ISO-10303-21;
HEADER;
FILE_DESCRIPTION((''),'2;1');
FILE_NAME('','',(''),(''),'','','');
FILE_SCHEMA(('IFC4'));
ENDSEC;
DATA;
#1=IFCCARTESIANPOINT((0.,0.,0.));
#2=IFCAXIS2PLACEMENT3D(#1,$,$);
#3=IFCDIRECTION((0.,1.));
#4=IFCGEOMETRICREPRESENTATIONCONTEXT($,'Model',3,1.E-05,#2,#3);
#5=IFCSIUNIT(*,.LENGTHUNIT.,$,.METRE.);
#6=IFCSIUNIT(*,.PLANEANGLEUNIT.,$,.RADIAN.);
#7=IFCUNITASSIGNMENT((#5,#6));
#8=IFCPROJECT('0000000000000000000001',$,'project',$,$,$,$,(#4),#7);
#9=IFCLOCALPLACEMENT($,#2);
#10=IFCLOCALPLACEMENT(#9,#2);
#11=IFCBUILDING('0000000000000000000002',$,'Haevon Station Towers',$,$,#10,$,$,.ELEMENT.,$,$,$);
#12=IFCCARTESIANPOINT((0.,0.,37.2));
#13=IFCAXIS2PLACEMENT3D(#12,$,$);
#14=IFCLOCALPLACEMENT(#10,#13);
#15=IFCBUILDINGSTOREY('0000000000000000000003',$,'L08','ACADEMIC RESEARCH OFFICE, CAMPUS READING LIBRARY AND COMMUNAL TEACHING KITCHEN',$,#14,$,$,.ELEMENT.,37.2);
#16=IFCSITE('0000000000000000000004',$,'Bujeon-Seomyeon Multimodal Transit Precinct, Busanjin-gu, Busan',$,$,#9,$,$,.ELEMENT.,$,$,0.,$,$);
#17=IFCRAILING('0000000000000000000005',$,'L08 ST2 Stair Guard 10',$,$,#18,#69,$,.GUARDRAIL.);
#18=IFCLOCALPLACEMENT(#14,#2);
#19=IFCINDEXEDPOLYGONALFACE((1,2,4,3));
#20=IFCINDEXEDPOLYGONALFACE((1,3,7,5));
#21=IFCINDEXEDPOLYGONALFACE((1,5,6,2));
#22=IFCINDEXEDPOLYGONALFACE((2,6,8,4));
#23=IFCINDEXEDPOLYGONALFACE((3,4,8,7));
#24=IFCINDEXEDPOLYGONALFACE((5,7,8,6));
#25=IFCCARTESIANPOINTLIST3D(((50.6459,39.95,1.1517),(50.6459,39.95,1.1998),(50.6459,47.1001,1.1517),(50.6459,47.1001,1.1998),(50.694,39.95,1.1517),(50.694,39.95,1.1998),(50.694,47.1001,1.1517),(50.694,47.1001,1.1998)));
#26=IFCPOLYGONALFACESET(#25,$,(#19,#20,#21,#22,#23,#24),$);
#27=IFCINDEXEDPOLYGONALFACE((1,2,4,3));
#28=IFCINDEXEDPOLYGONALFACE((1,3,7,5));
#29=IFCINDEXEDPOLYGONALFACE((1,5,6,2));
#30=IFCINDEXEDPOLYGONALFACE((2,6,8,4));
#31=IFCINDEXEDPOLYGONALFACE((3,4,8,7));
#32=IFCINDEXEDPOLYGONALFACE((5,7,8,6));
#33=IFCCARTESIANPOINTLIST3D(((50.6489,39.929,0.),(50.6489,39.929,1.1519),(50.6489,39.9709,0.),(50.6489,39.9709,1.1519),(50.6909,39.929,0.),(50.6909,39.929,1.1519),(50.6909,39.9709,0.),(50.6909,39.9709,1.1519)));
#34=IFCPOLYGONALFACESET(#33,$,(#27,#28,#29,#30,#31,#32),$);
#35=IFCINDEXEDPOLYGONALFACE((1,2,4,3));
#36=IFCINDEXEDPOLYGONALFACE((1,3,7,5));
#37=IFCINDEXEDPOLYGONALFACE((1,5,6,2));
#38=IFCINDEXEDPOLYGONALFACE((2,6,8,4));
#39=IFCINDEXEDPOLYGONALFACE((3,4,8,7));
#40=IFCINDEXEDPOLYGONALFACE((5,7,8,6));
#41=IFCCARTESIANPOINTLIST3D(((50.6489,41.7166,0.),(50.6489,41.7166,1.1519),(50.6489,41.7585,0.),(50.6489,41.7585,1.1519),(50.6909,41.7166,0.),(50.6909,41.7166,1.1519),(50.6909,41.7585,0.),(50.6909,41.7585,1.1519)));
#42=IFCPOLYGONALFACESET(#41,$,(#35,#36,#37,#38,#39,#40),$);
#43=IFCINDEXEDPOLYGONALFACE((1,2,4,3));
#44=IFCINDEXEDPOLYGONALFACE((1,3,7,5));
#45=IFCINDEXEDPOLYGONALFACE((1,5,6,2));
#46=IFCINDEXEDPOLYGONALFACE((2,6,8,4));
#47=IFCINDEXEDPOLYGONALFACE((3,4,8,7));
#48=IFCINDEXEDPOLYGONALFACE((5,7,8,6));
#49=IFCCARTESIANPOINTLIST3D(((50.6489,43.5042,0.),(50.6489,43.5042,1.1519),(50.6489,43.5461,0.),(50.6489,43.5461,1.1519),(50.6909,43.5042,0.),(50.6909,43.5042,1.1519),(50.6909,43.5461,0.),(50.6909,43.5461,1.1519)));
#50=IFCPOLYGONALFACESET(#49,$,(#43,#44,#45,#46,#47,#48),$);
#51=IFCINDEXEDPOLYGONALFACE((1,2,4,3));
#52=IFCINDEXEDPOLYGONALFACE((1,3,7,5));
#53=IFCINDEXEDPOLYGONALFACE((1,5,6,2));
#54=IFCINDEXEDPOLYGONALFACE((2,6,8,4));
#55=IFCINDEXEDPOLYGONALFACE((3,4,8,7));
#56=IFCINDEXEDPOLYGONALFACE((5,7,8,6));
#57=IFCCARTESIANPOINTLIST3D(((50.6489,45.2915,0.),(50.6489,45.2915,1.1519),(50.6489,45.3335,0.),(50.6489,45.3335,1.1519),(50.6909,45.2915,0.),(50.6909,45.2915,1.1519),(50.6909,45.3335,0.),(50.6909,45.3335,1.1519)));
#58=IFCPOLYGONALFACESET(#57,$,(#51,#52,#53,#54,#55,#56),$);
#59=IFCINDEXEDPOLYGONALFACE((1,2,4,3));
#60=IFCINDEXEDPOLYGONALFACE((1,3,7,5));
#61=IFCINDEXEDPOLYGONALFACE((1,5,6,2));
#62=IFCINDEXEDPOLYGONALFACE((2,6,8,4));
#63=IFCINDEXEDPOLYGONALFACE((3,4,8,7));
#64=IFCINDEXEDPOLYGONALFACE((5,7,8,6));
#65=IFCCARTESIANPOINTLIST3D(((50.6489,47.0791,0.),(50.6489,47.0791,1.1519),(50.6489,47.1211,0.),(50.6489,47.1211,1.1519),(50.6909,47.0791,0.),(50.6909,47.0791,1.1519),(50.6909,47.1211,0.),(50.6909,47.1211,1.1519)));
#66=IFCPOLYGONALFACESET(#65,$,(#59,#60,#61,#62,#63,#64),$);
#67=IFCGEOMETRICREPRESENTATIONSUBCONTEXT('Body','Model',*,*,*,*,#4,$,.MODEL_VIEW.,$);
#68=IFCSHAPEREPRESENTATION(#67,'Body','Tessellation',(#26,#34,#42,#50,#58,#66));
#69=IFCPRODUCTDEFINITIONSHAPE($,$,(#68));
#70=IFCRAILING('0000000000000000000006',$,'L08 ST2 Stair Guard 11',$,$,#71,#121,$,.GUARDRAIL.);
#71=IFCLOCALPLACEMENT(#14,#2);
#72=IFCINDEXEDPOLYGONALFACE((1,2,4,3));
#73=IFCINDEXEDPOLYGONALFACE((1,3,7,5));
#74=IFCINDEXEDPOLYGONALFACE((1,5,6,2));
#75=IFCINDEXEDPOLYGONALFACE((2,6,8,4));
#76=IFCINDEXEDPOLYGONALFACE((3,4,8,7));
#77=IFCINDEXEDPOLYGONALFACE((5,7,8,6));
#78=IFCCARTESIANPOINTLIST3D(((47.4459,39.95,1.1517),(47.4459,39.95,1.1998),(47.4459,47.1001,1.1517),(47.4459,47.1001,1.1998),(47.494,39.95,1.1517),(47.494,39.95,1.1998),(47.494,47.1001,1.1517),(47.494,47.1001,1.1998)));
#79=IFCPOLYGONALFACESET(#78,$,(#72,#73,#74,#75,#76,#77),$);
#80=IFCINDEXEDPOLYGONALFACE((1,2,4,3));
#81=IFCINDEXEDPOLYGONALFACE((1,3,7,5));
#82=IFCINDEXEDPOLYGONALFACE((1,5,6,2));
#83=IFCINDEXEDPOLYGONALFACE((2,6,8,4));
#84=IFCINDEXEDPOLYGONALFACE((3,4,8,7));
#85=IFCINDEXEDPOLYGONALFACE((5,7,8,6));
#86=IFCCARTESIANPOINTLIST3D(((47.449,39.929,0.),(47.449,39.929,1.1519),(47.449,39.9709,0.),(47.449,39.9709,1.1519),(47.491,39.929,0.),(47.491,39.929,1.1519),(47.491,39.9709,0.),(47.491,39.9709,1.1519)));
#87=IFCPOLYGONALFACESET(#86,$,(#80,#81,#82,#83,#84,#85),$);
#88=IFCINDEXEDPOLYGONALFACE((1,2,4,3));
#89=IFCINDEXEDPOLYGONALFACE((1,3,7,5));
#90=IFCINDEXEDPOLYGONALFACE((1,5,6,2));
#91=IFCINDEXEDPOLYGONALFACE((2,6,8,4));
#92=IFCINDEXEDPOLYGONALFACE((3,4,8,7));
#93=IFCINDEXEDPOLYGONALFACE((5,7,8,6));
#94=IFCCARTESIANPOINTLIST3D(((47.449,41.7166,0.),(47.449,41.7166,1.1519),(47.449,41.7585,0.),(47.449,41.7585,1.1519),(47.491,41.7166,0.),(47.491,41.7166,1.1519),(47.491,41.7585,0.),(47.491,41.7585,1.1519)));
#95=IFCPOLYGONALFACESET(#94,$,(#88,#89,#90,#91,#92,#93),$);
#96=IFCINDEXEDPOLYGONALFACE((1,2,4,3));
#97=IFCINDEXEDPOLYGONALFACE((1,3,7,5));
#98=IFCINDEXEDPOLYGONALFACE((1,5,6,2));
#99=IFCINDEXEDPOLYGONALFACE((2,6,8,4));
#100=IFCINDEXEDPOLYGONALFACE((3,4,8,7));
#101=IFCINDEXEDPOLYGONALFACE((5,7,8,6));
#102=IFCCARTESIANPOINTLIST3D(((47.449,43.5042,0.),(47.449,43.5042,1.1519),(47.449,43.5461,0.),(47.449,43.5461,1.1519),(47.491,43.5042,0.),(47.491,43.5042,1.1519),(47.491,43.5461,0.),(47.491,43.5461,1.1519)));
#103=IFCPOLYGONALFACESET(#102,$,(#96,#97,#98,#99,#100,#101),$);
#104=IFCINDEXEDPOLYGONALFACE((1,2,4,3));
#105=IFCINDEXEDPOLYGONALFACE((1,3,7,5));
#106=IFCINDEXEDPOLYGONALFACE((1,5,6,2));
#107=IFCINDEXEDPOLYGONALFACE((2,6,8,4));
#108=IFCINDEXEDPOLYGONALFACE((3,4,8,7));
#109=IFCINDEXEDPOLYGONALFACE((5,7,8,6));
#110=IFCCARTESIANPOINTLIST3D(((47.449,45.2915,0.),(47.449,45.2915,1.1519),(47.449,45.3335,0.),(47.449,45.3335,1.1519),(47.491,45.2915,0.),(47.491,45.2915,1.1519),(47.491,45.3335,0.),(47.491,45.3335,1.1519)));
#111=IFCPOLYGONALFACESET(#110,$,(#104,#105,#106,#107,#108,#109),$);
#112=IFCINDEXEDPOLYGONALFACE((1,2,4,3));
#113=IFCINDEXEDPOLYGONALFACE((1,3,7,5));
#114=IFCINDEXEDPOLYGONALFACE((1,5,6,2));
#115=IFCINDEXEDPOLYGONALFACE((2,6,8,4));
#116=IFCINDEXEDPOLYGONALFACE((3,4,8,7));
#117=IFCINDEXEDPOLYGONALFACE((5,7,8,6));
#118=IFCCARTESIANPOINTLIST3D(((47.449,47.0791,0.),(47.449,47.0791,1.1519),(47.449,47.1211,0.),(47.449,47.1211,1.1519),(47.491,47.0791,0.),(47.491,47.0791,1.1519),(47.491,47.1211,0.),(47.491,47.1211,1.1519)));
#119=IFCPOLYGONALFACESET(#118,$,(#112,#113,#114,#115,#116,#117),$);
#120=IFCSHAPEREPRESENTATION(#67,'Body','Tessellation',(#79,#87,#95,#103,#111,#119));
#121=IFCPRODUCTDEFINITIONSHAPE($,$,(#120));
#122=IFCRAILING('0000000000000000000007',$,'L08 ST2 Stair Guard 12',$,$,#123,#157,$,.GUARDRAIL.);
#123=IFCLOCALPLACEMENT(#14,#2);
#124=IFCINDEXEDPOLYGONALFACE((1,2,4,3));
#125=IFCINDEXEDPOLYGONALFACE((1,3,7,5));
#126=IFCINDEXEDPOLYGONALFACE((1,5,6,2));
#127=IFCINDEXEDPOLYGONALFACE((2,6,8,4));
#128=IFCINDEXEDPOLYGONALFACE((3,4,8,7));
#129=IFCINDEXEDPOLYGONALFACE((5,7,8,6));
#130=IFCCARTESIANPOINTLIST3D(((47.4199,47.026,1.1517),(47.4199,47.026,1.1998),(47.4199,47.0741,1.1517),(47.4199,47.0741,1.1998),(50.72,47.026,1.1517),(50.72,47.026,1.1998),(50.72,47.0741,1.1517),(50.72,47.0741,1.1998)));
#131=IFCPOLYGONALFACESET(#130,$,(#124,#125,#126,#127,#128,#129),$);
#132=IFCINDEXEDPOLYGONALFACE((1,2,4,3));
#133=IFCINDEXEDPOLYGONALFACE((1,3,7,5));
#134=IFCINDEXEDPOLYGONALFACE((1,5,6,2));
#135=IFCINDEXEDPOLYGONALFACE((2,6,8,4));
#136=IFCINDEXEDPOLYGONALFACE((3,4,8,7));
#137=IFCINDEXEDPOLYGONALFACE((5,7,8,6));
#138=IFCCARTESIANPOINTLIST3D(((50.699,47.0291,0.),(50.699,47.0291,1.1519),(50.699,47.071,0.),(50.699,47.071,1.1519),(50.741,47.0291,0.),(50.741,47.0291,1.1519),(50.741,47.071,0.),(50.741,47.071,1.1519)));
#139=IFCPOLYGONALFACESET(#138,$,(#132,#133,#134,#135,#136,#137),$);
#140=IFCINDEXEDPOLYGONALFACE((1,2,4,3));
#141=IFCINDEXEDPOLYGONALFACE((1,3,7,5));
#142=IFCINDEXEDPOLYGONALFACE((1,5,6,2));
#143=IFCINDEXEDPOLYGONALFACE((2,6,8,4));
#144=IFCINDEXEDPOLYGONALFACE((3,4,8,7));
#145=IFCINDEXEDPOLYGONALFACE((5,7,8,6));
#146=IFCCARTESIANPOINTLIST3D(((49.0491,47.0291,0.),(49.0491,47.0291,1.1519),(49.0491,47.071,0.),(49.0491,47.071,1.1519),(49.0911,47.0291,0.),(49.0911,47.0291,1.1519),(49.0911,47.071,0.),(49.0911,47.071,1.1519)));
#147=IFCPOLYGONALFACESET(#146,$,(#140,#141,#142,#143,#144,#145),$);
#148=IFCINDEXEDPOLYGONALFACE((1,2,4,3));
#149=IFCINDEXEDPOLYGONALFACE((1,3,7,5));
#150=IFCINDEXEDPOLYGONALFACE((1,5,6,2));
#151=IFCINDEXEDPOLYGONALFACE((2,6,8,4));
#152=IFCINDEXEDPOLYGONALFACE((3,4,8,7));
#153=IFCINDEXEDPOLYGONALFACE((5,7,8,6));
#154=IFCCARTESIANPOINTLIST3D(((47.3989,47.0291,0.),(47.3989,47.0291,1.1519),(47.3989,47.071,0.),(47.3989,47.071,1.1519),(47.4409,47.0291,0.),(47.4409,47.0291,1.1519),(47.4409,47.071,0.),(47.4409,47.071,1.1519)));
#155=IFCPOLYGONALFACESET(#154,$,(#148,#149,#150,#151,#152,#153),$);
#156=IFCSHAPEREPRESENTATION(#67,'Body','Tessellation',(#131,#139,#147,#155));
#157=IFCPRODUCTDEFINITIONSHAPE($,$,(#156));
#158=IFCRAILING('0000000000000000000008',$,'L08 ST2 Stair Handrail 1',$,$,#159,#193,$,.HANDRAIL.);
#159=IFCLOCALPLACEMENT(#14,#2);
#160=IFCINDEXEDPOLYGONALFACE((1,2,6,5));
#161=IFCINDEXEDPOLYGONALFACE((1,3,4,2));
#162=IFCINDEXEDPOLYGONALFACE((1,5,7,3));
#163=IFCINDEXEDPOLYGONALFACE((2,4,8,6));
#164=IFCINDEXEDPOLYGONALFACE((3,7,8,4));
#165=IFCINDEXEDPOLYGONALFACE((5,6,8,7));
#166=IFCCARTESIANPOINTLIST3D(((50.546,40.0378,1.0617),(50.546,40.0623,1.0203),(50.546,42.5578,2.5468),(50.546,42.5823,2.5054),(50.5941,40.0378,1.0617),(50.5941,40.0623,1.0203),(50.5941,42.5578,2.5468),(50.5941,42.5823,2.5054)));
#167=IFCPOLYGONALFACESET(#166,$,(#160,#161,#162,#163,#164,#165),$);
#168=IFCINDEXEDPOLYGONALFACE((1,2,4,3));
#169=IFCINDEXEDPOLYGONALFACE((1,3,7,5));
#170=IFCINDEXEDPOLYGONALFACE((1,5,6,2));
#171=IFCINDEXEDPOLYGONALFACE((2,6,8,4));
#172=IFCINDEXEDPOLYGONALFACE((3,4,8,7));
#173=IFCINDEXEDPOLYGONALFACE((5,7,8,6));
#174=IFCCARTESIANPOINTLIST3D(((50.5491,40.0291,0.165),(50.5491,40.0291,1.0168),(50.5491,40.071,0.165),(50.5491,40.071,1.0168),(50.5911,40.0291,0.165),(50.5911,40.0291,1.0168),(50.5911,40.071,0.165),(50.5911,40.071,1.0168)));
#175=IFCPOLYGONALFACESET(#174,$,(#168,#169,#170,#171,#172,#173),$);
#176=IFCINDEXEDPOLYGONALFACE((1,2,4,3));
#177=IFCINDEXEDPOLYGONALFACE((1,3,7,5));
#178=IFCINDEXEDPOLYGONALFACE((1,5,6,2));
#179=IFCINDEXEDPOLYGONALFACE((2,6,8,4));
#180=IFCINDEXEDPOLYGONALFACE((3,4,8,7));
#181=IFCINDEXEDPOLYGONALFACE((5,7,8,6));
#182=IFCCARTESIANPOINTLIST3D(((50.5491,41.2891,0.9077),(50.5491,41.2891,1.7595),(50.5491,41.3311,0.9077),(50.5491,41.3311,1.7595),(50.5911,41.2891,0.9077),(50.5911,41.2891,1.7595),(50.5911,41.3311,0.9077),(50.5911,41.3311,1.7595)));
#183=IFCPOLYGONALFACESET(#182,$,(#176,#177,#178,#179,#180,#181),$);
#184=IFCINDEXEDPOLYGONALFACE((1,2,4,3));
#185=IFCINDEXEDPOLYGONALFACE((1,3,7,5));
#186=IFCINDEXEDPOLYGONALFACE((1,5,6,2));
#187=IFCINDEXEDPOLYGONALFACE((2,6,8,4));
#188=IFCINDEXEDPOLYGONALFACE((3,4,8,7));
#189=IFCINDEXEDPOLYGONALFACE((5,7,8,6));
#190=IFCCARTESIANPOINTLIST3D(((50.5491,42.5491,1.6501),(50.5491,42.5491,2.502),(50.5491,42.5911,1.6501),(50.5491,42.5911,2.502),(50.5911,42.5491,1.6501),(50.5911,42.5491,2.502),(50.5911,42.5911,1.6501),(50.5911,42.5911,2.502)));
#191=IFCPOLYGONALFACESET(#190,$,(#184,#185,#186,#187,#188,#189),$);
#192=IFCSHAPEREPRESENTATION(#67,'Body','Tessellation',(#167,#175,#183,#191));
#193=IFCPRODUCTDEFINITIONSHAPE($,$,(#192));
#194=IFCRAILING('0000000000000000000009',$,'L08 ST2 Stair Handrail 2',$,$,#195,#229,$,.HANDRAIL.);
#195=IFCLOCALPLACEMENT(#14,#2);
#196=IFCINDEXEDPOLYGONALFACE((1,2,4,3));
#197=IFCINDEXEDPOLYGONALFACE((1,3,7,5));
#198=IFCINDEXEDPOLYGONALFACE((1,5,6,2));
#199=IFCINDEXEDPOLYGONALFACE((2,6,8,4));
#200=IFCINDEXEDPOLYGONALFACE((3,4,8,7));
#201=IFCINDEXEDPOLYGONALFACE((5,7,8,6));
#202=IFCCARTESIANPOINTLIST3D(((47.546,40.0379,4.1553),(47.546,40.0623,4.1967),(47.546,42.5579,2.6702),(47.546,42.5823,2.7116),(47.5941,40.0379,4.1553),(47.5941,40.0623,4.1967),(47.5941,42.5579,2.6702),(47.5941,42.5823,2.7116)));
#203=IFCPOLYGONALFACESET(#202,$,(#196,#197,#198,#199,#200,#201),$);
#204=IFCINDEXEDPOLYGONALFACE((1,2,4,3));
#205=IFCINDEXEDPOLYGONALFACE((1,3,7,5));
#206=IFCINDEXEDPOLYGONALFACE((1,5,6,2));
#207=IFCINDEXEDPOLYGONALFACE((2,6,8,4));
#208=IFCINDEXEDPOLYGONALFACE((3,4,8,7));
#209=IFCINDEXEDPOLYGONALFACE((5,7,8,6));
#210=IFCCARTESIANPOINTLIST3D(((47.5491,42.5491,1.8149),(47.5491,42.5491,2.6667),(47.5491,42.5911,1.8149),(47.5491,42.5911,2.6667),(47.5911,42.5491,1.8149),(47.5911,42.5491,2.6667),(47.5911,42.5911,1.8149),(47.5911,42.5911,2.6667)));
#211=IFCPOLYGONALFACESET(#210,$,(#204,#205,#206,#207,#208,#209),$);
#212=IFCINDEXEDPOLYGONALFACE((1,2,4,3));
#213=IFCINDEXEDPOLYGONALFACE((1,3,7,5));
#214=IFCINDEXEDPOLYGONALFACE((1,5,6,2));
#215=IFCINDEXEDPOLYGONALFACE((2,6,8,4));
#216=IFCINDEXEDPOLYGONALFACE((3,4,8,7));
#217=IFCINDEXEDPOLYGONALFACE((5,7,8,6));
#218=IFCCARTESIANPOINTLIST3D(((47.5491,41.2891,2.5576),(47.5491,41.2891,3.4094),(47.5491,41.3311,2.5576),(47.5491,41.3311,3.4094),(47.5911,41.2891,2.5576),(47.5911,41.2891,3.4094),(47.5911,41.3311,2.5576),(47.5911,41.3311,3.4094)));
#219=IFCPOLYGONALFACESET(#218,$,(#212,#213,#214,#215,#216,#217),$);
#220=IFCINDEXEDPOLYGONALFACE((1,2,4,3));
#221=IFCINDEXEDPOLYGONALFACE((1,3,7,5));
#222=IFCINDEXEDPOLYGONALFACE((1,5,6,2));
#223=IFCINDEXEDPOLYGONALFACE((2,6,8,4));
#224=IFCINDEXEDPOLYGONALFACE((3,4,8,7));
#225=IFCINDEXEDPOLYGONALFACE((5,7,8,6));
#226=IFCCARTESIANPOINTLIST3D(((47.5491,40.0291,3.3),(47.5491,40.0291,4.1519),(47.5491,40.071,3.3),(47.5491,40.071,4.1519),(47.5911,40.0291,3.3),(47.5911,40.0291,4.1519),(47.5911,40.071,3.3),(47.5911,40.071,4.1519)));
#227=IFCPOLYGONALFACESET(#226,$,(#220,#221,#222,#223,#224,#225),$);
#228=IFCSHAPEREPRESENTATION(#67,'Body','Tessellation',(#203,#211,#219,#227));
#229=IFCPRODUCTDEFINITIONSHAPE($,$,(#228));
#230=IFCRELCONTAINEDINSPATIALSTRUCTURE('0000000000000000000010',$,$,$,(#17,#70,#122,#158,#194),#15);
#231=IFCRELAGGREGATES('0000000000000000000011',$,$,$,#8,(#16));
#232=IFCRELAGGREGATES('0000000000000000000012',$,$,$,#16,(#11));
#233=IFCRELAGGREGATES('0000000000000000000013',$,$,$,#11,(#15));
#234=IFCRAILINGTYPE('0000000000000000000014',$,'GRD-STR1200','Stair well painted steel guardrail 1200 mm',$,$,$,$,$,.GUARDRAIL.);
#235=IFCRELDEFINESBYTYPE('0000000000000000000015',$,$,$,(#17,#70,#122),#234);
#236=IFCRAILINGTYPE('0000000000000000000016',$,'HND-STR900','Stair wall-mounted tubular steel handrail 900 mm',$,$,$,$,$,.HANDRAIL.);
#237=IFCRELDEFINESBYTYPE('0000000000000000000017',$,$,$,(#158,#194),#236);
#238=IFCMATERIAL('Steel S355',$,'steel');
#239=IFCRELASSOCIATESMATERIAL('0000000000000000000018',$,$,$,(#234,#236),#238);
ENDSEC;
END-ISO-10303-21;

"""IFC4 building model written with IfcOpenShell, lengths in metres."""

from ifc_helpers import new_model, si_unit, direction, frame, origin, origin_2d, place, context, subcontext, project, spatial, rectangle, extrude, material, type_object, element, save


model = new_model("IFC4")

# Units and contexts
model_context = context("Model", 3, precision=1e-05, world=origin(), true_north=direction((0.0, 1.0)))
body_context = subcontext(model_context, "Body", "Model", "MODEL_VIEW")
ifc_project = project(units=[si_unit("LENGTHUNIT", "METRE"), si_unit("PLANEANGLEUNIT", "RADIAN")], contexts=[model_context])

# Site, building, storey
site_placement = place(None, origin())
site = spatial("IfcSite", under=ifc_project, at=site_placement, Name="Bujeon-Seomyeon Multimodal Transit Precinct, Busanjin-gu, Busan", CompositionType="ELEMENT", RefElevation=0.0)
building_placement = place(site_placement, origin())
building = spatial("IfcBuilding", under=site, at=building_placement, Name="Haevon Station Towers", CompositionType="ELEMENT")
storey_placement = place(building_placement, frame((0.0, 0.0, 37.2)))
storey = spatial("IfcBuildingStorey", under=building, at=storey_placement, Name="L08", Description="ACADEMIC RESEARCH OFFICE, CAMPUS READING LIBRARY AND COMMUNAL TEACHING KITCHEN", CompositionType="ELEMENT", Elevation=37.2)

# Shared definitions
ifc_material_1 = material(Name="Steel S355", Category="steel")

# Railings
railing_type_1 = type_object("IfcRailingType", Name="GRD-STR1200", Description="Stair well painted steel guardrail 1200 mm", PredefinedType="GUARDRAIL", material=ifc_material_1)
for number, where, name in (
    (1, (50.6699, 39.95, 0.0), "L08 ST2 Stair Guard 10"),
    (2, (47.47, 39.95, 0.0), "L08 ST2 Stair Guard 11"),
):
    element("IfcRailing", number, at=place(storey_placement, frame(where)), inside=storey, type_object=railing_type_1, Name=name, PredefinedType="GUARDRAIL", context=body_context, shape_type="SweptSolid", body=[
        extrude(rectangle(XDim=0.0481, YDim=0.0481, at=origin_2d()), frame((0.0, 0.0, 1.1758), z_axis=(0.0, 1.0, 0.0), x_axis=(-1.0, 0.0, 0.0)), (0.0, 0.0, 1.0), 7.1501),
        extrude(rectangle(XDim=0.042, YDim=0.042, at=origin_2d()), origin(), (0.0, 0.0, 1.0), 1.1519),
        extrude(rectangle(XDim=0.042, YDim=0.042, at=origin_2d()), frame((0.0, 1.7876, 0.0)), (0.0, 0.0, 1.0), 1.1519),
        extrude(rectangle(XDim=0.042, YDim=0.042, at=origin_2d()), frame((0.0, 3.5752, 0.0)), (0.0, 0.0, 1.0), 1.1519),
        extrude(rectangle(XDim=0.042, YDim=0.042, at=origin_2d()), frame((0.0, 5.3625, 0.0)), (0.0, 0.0, 1.0), 1.1519),
        extrude(rectangle(XDim=0.042, YDim=0.042, at=origin_2d()), frame((0.0, 7.1501, 0.0)), (0.0, 0.0, 1.0), 1.1519),
    ])
railing_1_placement = place(storey_placement, frame((50.72, 47.05, 0.0)))
element("IfcRailing", 3, at=railing_1_placement, inside=storey, type_object=railing_type_1, Name="L08 ST2 Stair Guard 12", PredefinedType="GUARDRAIL", context=body_context, shape_type="SweptSolid", body=[
    extrude(rectangle(XDim=0.0481, YDim=0.0481, at=origin_2d()), frame((0.0, 0.0, 1.1758), z_axis=(-1.0, 0.0, 0.0), x_axis=(0.0, -1.0, 0.0)), (0.0, 0.0, 1.0), 3.3),
    extrude(rectangle(XDim=0.042, YDim=0.042, at=origin_2d()), origin(), (0.0, 0.0, 1.0), 1.1519),
    extrude(rectangle(XDim=0.042, YDim=0.042, at=origin_2d()), frame((-1.6499, 0.0, 0.0)), (0.0, 0.0, 1.0), 1.1519),
    extrude(rectangle(XDim=0.042, YDim=0.042, at=origin_2d()), frame((-3.3, 0.0, 0.0)), (0.0, 0.0, 1.0), 1.1519),
])
railing_type_2 = type_object("IfcRailingType", Name="HND-STR900", Description="Stair wall-mounted tubular steel handrail 900 mm", PredefinedType="HANDRAIL", material=ifc_material_1)
railing_2_placement = place(storey_placement, frame((50.5701, 40.05, 0.165)))
element("IfcRailing", 4, at=railing_2_placement, inside=storey, type_object=railing_type_2, Name="L08 ST2 Stair Handrail 1", PredefinedType="HANDRAIL", context=body_context, shape_type="SweptSolid", body=[
    extrude(rectangle(XDim=0.0481, YDim=0.0481, at=origin_2d()), frame((0.0, 0.0, 0.876), z_axis=(0.0, 0.861524, 0.507717), x_axis=(-1.0, 0.0, 0.0)), (0.0, 0.0, 1.0), 2.925),
    extrude(rectangle(XDim=0.042, YDim=0.042, at=origin_2d()), origin(), (0.0, 0.0, 1.0), 0.8518),
    extrude(rectangle(XDim=0.042, YDim=0.042, at=origin_2d()), frame((0.0, 1.26, 0.7427)), (0.0, 0.0, 1.0), 0.8518),
    extrude(rectangle(XDim=0.042, YDim=0.042, at=origin_2d()), frame((0.0, 2.52, 1.4851)), (0.0, 0.0, 1.0), 0.8518),
])
railing_3_placement = place(storey_placement, frame((47.5701, 42.5701, 1.8149)))
element("IfcRailing", 5, at=railing_3_placement, inside=storey, type_object=railing_type_2, Name="L08 ST2 Stair Handrail 2", PredefinedType="HANDRAIL", context=body_context, shape_type="SweptSolid", body=[
    extrude(rectangle(XDim=0.0481, YDim=0.0481, at=origin_2d()), frame((0.0, 0.0, 0.876), z_axis=(0.0, -0.861524, 0.507717), x_axis=(1.0, 0.0, 0.0)), (0.0, 0.0, 1.0), 2.925),
    extrude(rectangle(XDim=0.042, YDim=0.042, at=origin_2d()), origin(), (0.0, 0.0, 1.0), 0.8518),
    extrude(rectangle(XDim=0.042, YDim=0.042, at=origin_2d()), frame((0.0, -1.26, 0.7427)), (0.0, 0.0, 1.0), 0.8518),
    extrude(rectangle(XDim=0.042, YDim=0.042, at=origin_2d()), frame((0.0, -2.52, 1.4851)), (0.0, 0.0, 1.0), 0.8518),
])

save(model, "model.ifc")
